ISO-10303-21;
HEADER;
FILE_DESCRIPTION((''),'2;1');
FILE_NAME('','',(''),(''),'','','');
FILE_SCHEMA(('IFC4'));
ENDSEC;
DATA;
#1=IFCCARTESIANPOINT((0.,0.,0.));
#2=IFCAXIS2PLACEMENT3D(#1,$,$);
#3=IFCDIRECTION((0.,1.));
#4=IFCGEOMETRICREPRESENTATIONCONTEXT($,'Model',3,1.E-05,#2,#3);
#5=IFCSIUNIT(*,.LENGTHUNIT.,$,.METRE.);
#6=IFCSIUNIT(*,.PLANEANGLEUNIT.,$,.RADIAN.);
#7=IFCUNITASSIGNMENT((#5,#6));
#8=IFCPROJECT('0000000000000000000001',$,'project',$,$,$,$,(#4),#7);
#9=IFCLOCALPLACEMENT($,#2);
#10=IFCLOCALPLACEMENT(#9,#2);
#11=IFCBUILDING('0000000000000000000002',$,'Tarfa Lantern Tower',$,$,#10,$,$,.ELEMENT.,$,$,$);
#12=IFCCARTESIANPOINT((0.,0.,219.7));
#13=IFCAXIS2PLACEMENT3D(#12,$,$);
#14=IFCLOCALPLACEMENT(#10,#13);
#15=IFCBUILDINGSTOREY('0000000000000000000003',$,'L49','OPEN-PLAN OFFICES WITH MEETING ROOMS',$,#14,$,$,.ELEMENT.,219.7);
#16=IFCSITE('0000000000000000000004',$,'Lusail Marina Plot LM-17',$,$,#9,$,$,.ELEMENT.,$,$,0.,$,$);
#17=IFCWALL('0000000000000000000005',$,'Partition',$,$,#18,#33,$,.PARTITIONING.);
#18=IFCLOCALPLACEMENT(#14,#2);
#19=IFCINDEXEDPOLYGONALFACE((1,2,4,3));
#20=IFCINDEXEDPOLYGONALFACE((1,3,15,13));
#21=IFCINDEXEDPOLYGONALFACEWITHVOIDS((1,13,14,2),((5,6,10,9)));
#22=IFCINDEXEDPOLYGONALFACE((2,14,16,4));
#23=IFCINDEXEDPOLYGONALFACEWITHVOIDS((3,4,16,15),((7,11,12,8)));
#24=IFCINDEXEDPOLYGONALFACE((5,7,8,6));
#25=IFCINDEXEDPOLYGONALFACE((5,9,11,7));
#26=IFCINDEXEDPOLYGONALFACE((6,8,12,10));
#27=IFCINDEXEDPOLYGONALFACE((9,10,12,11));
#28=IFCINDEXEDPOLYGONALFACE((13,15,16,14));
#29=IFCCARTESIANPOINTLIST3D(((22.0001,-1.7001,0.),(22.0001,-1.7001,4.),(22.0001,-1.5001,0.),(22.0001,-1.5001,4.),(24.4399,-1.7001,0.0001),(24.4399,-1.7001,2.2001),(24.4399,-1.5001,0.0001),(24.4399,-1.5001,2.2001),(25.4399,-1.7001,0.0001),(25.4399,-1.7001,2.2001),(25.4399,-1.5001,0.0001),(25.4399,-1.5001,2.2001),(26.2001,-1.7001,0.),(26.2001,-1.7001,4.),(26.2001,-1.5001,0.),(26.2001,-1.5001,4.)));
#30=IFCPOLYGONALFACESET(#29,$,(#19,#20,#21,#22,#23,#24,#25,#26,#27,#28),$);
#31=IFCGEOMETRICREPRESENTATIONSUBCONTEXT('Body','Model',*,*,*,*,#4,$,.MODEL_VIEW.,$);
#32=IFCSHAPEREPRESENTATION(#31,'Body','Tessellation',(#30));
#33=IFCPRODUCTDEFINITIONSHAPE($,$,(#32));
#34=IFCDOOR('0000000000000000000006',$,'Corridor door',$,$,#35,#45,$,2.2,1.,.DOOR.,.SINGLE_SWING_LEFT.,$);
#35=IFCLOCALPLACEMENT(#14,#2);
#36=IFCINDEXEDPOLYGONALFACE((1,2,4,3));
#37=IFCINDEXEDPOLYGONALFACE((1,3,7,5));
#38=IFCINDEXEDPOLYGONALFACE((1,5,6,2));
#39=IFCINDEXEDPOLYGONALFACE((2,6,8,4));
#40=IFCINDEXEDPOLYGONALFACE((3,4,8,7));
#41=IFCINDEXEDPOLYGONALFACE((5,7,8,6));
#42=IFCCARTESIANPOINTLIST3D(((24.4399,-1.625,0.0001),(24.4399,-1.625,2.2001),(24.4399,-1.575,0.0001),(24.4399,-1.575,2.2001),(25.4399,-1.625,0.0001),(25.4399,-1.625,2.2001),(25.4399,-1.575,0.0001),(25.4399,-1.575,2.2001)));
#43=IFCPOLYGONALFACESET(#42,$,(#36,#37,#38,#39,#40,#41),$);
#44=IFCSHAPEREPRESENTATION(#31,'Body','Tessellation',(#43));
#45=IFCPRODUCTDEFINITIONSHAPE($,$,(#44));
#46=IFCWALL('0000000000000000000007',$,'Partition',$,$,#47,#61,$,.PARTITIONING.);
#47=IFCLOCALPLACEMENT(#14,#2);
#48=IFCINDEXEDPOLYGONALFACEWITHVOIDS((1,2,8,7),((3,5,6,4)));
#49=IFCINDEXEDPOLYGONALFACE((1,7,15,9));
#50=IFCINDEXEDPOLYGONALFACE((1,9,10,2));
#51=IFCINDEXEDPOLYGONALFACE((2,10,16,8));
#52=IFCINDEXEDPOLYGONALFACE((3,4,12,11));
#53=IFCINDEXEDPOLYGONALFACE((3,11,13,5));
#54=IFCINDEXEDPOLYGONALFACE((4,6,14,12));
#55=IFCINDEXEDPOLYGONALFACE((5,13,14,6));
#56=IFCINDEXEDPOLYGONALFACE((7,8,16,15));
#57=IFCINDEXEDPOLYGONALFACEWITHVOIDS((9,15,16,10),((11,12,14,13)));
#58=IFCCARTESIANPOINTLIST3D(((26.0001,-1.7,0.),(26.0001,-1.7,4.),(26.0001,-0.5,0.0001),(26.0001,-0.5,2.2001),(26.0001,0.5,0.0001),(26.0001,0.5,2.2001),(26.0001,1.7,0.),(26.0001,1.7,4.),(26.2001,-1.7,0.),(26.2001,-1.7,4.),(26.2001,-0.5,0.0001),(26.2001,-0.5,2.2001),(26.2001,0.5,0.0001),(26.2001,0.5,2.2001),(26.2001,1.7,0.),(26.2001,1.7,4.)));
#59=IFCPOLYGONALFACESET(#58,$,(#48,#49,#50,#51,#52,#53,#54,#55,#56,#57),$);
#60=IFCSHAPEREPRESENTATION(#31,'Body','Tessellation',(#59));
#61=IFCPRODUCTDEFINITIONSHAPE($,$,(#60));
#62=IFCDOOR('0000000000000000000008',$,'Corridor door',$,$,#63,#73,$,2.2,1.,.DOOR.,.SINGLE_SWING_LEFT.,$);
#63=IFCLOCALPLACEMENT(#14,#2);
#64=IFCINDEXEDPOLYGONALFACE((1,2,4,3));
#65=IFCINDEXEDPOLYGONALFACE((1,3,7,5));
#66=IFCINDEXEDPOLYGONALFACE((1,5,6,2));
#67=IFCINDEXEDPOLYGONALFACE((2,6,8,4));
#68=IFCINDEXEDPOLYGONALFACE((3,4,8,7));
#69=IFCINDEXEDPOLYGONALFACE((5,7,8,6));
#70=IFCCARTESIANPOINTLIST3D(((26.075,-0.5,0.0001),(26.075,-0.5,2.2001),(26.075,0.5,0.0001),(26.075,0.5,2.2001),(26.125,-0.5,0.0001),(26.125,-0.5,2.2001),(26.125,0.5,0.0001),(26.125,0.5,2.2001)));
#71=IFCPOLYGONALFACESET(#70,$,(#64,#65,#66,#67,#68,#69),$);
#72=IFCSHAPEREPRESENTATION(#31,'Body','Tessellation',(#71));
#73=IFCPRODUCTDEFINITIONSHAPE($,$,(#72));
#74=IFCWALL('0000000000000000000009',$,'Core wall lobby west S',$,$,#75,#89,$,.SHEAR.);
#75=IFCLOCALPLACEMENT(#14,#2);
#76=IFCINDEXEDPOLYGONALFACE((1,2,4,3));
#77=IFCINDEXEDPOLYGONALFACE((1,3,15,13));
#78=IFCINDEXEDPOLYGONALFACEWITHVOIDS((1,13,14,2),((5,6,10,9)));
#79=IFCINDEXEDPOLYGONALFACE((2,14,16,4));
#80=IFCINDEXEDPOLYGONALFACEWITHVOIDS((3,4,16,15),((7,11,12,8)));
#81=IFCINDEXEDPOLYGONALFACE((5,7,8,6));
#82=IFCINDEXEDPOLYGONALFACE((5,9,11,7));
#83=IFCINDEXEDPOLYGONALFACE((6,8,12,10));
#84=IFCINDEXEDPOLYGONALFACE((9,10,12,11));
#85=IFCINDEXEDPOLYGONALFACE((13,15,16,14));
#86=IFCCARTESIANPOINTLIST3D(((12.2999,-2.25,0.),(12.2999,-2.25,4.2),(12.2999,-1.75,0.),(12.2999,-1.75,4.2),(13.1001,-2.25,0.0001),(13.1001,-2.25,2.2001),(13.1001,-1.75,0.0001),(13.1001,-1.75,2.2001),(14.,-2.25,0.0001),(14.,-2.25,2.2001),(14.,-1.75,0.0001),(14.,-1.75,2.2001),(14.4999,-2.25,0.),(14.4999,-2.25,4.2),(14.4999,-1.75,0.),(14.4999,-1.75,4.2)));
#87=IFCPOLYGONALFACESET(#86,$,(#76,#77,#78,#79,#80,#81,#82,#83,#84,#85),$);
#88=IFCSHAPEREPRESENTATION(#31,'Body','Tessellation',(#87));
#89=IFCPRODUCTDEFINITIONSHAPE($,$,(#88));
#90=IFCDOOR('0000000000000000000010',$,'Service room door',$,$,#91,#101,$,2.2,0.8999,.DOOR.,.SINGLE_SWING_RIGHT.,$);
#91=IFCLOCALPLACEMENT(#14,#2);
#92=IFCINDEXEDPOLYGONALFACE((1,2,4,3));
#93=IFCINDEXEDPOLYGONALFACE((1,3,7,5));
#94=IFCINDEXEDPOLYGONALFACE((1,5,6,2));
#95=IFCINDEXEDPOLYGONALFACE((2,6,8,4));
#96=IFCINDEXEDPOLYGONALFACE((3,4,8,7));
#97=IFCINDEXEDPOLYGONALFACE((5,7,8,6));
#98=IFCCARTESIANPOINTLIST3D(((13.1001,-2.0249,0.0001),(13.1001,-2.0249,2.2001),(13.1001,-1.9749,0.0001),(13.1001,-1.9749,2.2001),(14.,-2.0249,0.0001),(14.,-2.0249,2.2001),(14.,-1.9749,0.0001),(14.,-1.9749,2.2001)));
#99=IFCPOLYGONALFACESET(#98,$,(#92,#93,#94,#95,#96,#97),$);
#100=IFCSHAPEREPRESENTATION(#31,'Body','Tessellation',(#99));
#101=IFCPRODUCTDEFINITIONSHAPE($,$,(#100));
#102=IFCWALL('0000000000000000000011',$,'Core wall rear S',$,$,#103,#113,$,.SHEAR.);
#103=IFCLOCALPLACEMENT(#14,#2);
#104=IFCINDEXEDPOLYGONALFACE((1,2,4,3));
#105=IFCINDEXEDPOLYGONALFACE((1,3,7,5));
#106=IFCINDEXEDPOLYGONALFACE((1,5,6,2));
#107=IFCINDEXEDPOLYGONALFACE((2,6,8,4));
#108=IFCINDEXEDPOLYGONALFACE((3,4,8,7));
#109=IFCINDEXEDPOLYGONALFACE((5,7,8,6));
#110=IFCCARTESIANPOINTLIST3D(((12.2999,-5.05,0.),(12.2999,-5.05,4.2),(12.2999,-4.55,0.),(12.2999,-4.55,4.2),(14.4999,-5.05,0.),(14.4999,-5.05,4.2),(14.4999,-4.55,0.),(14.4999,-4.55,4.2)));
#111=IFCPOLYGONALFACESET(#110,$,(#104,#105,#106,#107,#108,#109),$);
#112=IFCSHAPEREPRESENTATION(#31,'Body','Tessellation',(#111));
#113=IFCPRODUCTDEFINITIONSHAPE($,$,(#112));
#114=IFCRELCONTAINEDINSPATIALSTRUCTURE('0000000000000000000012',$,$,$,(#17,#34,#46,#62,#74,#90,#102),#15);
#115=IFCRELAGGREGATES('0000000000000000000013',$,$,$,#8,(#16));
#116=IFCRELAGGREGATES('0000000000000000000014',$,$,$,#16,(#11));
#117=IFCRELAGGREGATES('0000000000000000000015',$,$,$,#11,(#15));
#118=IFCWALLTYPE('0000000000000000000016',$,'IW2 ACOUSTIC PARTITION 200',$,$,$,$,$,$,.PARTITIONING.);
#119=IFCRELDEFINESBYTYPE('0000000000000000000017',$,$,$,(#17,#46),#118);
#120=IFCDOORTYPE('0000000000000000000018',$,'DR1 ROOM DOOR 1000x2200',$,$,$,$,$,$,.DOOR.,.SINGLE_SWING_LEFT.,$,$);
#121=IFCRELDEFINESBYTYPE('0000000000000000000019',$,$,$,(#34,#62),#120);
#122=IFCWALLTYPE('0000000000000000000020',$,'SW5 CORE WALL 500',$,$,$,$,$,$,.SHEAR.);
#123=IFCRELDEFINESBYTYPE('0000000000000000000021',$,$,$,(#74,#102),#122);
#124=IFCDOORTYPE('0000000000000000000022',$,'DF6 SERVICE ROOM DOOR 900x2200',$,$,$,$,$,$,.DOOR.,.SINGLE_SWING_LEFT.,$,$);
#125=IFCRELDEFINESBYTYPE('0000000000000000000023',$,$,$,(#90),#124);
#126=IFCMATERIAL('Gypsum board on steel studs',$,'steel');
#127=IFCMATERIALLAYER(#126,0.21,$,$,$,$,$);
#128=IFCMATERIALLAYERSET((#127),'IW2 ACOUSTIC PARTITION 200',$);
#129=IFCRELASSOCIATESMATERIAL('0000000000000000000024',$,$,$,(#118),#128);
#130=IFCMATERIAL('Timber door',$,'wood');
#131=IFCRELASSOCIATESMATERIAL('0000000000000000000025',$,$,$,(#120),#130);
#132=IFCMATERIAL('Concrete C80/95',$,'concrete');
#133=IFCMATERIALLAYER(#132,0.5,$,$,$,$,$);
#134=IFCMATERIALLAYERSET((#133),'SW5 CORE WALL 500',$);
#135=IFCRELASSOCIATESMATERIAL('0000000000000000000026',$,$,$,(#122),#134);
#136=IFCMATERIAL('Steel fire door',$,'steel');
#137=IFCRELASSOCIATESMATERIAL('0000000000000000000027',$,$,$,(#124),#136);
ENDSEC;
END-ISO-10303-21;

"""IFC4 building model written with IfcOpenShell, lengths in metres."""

from ifc_helpers import new_model, si_unit, direction, frame, frame_2d, origin, place, context, subcontext, project, spatial, rectangle, extrude, material, layer, layer_set, type_object, element, fill, save


model = new_model("IFC4")

# Units and contexts
model_context = context("Model", 3, precision=1e-05, world=origin(), true_north=direction((0.0, 1.0)))
body_context = subcontext(model_context, "Body", "Model", "MODEL_VIEW")
ifc_project = project(units=[si_unit("LENGTHUNIT", "METRE"), si_unit("PLANEANGLEUNIT", "RADIAN")], contexts=[model_context])

# Site, building, storey
site_placement = place(None, origin())
site = spatial("IfcSite", under=ifc_project, at=site_placement, Name="Lusail Marina Plot LM-17", CompositionType="ELEMENT", RefElevation=0.0)
building_placement = place(site_placement, origin())
building = spatial("IfcBuilding", under=site, at=building_placement, Name="Tarfa Lantern Tower", CompositionType="ELEMENT")
storey_placement = place(building_placement, frame((0.0, 0.0, 219.7)))
storey = spatial("IfcBuildingStorey", under=building, at=storey_placement, Name="L49", Description="OPEN-PLAN OFFICES WITH MEETING ROOMS", CompositionType="ELEMENT", Elevation=219.7)

# Shared definitions
ifc_material_1 = material(Name="Concrete C80/95", Category="concrete")

# Shared definitions
ifc_material_2 = material(Name="Gypsum board on steel studs", Category="steel")
ifc_layer_1 = layer(ifc_material_2, 0.21)
ifc_layer_set_1 = layer_set([ifc_layer_1], Name="IW2 ACOUSTIC PARTITION 200")
wall_type_1 = type_object("IfcWallType", Name="IW2 ACOUSTIC PARTITION 200", PredefinedType="PARTITIONING", material=ifc_layer_set_1)

# Shared definitions
ifc_material_3 = material(Name="Timber door", Category="wood")
door_type_1 = type_object("IfcDoorType", Name="DR1 ROOM DOOR 1000x2200", OperationType="SINGLE_SWING_LEFT", PredefinedType="DOOR", material=ifc_material_3)

# Walls, openings, doors
wall_1_placement = place(storey_placement, frame((22.0, -1.6001, 0.0), z_axis=(0.0, 0.0, 1.0), x_axis=(1.0, 0.0, 0.0)))
wall_1 = element("IfcWall", 1, at=wall_1_placement, inside=storey, type_object=wall_type_1, Name="Partition", PredefinedType="PARTITIONING", context=body_context, shape_type="SweptSolid", body=[
    extrude(rectangle(XDim=4.2, YDim=0.2, at=frame_2d((2.1001, 0.0))), origin(), (0.0, 0.0, 1.0), 4.0),
])
opening_1_placement = place(wall_1_placement, frame((2.4399, 0.0, 0.0)))
opening_1 = element("IfcOpeningElement", 2, at=opening_1_placement, cuts=wall_1, PredefinedType="OPENING", context=body_context, shape_type="SweptSolid", body=[
    extrude(rectangle(XDim=1.0, YDim=2.2, at=frame_2d((0.5, 1.1001))), frame((0.0, 0.1099, 0.0), z_axis=(0.0, -1.0, 0.0), x_axis=(1.0, 0.0, 0.0)), (0.0, 0.0, 1.0), 0.22),
])
door_1_placement = place(opening_1_placement, frame((1.0, 0.0, 0.0), z_axis=(0.0, 0.0, 1.0), x_axis=(-1.0, 0.0, 0.0)))
door_1 = element("IfcDoor", 3, at=door_1_placement, inside=storey, type_object=door_type_1, Name="Corridor door", OperationType="SINGLE_SWING_LEFT", OverallHeight=2.2, OverallWidth=1.0, PredefinedType="DOOR", context=body_context, shape_type="SweptSolid", body=[
    extrude(rectangle(XDim=1.0, YDim=2.2, at=frame_2d((0.5, 1.1001))), frame((0.0, 0.0249, 0.0), z_axis=(0.0, -1.0, 0.0), x_axis=(1.0, 0.0, 0.0)), (0.0, 0.0, 1.0), 0.05),
])
fill(opening_1, door_1)
wall_2_placement = place(storey_placement, frame((26.1001, -1.7, 0.0), z_axis=(0.0, 0.0, 1.0), x_axis=(0.0, 1.0, 0.0)))
wall_2 = element("IfcWall", 4, at=wall_2_placement, inside=storey, type_object=wall_type_1, Name="Partition", PredefinedType="PARTITIONING", context=body_context, shape_type="SweptSolid", body=[
    extrude(rectangle(XDim=3.3999, YDim=0.2, at=frame_2d((1.7, 0.0))), origin(), (0.0, 0.0, 1.0), 4.0),
])
opening_2_placement = place(wall_2_placement, frame((1.2, 0.0, 0.0)))
opening_2 = element("IfcOpeningElement", 5, at=opening_2_placement, cuts=wall_2, PredefinedType="OPENING", context=body_context, shape_type="SweptSolid", body=[
    extrude(rectangle(XDim=1.0, YDim=2.2, at=frame_2d((0.5, 1.1001))), frame((0.0, 0.1099, 0.0), z_axis=(0.0, -1.0, 0.0), x_axis=(1.0, 0.0, 0.0)), (0.0, 0.0, 1.0), 0.22),
])
door_2_placement = place(opening_2_placement, frame((1.0, 0.0, 0.0), z_axis=(0.0, 0.0, 1.0), x_axis=(-1.0, 0.0, 0.0)))
door_2 = element("IfcDoor", 6, at=door_2_placement, inside=storey, type_object=door_type_1, Name="Corridor door", OperationType="SINGLE_SWING_LEFT", OverallHeight=2.2, OverallWidth=1.0, PredefinedType="DOOR", context=body_context, shape_type="SweptSolid", body=[
    extrude(rectangle(XDim=1.0, YDim=2.2, at=frame_2d((0.5, 1.1001))), frame((0.0, 0.0249, 0.0), z_axis=(0.0, -1.0, 0.0), x_axis=(1.0, 0.0, 0.0)), (0.0, 0.0, 1.0), 0.05),
])
fill(opening_2, door_2)
ifc_material_4 = material(Name="Steel fire door", Category="steel")
ifc_layer_2 = layer(ifc_material_1, 0.5)
ifc_layer_set_2 = layer_set([ifc_layer_2], Name="SW5 CORE WALL 500")
wall_type_2 = type_object("IfcWallType", Name="SW5 CORE WALL 500", PredefinedType="SHEAR", material=ifc_layer_set_2)
wall_3_placement = place(storey_placement, frame((14.5, -2.0, 0.0), z_axis=(0.0, 0.0, 1.0), x_axis=(-1.0, 0.0, 0.0)))
wall_3 = element("IfcWall", 7, at=wall_3_placement, inside=storey, type_object=wall_type_2, Name="Core wall lobby west S", PredefinedType="SHEAR", context=body_context, shape_type="SweptSolid", body=[
    extrude(rectangle(XDim=2.2, YDim=0.5, at=frame_2d((1.1001, 0.0))), origin(), (0.0, 0.0, 1.0), 4.2),
])
opening_3_placement = place(wall_3_placement, frame((0.5, 0.0, 0.0)))
opening_3 = element("IfcOpeningElement", 8, at=opening_3_placement, cuts=wall_3, PredefinedType="OPENING", context=body_context, shape_type="SweptSolid", body=[
    extrude(rectangle(XDim=0.8999, YDim=2.2, at=frame_2d((0.45, 1.1001))), frame((0.0, 0.26, 0.0), z_axis=(0.0, -1.0, 0.0), x_axis=(1.0, 0.0, 0.0)), (0.0, 0.0, 1.0), 0.52),
])
door_type_2 = type_object("IfcDoorType", Name="DF6 SERVICE ROOM DOOR 900x2200", OperationType="SINGLE_SWING_LEFT", PredefinedType="DOOR", material=ifc_material_4)
door_3_placement = place(opening_3_placement, origin())
door_3 = element("IfcDoor", 9, at=door_3_placement, inside=storey, type_object=door_type_2, Name="Service room door", OperationType="SINGLE_SWING_RIGHT", OverallHeight=2.2, OverallWidth=0.8999, PredefinedType="DOOR", context=body_context, shape_type="SweptSolid", body=[
    extrude(rectangle(XDim=0.8999, YDim=2.2, at=frame_2d((0.45, 1.1001))), frame((0.0, 0.0249, 0.0), z_axis=(0.0, -1.0, 0.0), x_axis=(1.0, 0.0, 0.0)), (0.0, 0.0, 1.0), 0.05),
])
fill(opening_3, door_3)

# Wall
wall_4_placement = place(storey_placement, frame((14.5, -4.8, 0.0), z_axis=(0.0, 0.0, 1.0), x_axis=(-1.0, 0.0, 0.0)))
element("IfcWall", 10, at=wall_4_placement, inside=storey, type_object=wall_type_2, Name="Core wall rear S", PredefinedType="SHEAR", context=body_context, shape_type="SweptSolid", body=[
    extrude(rectangle(XDim=2.2, YDim=0.5, at=frame_2d((1.1001, 0.0))), origin(), (0.0, 0.0, 1.0), 4.2),
])

save(model, "model.ifc")
